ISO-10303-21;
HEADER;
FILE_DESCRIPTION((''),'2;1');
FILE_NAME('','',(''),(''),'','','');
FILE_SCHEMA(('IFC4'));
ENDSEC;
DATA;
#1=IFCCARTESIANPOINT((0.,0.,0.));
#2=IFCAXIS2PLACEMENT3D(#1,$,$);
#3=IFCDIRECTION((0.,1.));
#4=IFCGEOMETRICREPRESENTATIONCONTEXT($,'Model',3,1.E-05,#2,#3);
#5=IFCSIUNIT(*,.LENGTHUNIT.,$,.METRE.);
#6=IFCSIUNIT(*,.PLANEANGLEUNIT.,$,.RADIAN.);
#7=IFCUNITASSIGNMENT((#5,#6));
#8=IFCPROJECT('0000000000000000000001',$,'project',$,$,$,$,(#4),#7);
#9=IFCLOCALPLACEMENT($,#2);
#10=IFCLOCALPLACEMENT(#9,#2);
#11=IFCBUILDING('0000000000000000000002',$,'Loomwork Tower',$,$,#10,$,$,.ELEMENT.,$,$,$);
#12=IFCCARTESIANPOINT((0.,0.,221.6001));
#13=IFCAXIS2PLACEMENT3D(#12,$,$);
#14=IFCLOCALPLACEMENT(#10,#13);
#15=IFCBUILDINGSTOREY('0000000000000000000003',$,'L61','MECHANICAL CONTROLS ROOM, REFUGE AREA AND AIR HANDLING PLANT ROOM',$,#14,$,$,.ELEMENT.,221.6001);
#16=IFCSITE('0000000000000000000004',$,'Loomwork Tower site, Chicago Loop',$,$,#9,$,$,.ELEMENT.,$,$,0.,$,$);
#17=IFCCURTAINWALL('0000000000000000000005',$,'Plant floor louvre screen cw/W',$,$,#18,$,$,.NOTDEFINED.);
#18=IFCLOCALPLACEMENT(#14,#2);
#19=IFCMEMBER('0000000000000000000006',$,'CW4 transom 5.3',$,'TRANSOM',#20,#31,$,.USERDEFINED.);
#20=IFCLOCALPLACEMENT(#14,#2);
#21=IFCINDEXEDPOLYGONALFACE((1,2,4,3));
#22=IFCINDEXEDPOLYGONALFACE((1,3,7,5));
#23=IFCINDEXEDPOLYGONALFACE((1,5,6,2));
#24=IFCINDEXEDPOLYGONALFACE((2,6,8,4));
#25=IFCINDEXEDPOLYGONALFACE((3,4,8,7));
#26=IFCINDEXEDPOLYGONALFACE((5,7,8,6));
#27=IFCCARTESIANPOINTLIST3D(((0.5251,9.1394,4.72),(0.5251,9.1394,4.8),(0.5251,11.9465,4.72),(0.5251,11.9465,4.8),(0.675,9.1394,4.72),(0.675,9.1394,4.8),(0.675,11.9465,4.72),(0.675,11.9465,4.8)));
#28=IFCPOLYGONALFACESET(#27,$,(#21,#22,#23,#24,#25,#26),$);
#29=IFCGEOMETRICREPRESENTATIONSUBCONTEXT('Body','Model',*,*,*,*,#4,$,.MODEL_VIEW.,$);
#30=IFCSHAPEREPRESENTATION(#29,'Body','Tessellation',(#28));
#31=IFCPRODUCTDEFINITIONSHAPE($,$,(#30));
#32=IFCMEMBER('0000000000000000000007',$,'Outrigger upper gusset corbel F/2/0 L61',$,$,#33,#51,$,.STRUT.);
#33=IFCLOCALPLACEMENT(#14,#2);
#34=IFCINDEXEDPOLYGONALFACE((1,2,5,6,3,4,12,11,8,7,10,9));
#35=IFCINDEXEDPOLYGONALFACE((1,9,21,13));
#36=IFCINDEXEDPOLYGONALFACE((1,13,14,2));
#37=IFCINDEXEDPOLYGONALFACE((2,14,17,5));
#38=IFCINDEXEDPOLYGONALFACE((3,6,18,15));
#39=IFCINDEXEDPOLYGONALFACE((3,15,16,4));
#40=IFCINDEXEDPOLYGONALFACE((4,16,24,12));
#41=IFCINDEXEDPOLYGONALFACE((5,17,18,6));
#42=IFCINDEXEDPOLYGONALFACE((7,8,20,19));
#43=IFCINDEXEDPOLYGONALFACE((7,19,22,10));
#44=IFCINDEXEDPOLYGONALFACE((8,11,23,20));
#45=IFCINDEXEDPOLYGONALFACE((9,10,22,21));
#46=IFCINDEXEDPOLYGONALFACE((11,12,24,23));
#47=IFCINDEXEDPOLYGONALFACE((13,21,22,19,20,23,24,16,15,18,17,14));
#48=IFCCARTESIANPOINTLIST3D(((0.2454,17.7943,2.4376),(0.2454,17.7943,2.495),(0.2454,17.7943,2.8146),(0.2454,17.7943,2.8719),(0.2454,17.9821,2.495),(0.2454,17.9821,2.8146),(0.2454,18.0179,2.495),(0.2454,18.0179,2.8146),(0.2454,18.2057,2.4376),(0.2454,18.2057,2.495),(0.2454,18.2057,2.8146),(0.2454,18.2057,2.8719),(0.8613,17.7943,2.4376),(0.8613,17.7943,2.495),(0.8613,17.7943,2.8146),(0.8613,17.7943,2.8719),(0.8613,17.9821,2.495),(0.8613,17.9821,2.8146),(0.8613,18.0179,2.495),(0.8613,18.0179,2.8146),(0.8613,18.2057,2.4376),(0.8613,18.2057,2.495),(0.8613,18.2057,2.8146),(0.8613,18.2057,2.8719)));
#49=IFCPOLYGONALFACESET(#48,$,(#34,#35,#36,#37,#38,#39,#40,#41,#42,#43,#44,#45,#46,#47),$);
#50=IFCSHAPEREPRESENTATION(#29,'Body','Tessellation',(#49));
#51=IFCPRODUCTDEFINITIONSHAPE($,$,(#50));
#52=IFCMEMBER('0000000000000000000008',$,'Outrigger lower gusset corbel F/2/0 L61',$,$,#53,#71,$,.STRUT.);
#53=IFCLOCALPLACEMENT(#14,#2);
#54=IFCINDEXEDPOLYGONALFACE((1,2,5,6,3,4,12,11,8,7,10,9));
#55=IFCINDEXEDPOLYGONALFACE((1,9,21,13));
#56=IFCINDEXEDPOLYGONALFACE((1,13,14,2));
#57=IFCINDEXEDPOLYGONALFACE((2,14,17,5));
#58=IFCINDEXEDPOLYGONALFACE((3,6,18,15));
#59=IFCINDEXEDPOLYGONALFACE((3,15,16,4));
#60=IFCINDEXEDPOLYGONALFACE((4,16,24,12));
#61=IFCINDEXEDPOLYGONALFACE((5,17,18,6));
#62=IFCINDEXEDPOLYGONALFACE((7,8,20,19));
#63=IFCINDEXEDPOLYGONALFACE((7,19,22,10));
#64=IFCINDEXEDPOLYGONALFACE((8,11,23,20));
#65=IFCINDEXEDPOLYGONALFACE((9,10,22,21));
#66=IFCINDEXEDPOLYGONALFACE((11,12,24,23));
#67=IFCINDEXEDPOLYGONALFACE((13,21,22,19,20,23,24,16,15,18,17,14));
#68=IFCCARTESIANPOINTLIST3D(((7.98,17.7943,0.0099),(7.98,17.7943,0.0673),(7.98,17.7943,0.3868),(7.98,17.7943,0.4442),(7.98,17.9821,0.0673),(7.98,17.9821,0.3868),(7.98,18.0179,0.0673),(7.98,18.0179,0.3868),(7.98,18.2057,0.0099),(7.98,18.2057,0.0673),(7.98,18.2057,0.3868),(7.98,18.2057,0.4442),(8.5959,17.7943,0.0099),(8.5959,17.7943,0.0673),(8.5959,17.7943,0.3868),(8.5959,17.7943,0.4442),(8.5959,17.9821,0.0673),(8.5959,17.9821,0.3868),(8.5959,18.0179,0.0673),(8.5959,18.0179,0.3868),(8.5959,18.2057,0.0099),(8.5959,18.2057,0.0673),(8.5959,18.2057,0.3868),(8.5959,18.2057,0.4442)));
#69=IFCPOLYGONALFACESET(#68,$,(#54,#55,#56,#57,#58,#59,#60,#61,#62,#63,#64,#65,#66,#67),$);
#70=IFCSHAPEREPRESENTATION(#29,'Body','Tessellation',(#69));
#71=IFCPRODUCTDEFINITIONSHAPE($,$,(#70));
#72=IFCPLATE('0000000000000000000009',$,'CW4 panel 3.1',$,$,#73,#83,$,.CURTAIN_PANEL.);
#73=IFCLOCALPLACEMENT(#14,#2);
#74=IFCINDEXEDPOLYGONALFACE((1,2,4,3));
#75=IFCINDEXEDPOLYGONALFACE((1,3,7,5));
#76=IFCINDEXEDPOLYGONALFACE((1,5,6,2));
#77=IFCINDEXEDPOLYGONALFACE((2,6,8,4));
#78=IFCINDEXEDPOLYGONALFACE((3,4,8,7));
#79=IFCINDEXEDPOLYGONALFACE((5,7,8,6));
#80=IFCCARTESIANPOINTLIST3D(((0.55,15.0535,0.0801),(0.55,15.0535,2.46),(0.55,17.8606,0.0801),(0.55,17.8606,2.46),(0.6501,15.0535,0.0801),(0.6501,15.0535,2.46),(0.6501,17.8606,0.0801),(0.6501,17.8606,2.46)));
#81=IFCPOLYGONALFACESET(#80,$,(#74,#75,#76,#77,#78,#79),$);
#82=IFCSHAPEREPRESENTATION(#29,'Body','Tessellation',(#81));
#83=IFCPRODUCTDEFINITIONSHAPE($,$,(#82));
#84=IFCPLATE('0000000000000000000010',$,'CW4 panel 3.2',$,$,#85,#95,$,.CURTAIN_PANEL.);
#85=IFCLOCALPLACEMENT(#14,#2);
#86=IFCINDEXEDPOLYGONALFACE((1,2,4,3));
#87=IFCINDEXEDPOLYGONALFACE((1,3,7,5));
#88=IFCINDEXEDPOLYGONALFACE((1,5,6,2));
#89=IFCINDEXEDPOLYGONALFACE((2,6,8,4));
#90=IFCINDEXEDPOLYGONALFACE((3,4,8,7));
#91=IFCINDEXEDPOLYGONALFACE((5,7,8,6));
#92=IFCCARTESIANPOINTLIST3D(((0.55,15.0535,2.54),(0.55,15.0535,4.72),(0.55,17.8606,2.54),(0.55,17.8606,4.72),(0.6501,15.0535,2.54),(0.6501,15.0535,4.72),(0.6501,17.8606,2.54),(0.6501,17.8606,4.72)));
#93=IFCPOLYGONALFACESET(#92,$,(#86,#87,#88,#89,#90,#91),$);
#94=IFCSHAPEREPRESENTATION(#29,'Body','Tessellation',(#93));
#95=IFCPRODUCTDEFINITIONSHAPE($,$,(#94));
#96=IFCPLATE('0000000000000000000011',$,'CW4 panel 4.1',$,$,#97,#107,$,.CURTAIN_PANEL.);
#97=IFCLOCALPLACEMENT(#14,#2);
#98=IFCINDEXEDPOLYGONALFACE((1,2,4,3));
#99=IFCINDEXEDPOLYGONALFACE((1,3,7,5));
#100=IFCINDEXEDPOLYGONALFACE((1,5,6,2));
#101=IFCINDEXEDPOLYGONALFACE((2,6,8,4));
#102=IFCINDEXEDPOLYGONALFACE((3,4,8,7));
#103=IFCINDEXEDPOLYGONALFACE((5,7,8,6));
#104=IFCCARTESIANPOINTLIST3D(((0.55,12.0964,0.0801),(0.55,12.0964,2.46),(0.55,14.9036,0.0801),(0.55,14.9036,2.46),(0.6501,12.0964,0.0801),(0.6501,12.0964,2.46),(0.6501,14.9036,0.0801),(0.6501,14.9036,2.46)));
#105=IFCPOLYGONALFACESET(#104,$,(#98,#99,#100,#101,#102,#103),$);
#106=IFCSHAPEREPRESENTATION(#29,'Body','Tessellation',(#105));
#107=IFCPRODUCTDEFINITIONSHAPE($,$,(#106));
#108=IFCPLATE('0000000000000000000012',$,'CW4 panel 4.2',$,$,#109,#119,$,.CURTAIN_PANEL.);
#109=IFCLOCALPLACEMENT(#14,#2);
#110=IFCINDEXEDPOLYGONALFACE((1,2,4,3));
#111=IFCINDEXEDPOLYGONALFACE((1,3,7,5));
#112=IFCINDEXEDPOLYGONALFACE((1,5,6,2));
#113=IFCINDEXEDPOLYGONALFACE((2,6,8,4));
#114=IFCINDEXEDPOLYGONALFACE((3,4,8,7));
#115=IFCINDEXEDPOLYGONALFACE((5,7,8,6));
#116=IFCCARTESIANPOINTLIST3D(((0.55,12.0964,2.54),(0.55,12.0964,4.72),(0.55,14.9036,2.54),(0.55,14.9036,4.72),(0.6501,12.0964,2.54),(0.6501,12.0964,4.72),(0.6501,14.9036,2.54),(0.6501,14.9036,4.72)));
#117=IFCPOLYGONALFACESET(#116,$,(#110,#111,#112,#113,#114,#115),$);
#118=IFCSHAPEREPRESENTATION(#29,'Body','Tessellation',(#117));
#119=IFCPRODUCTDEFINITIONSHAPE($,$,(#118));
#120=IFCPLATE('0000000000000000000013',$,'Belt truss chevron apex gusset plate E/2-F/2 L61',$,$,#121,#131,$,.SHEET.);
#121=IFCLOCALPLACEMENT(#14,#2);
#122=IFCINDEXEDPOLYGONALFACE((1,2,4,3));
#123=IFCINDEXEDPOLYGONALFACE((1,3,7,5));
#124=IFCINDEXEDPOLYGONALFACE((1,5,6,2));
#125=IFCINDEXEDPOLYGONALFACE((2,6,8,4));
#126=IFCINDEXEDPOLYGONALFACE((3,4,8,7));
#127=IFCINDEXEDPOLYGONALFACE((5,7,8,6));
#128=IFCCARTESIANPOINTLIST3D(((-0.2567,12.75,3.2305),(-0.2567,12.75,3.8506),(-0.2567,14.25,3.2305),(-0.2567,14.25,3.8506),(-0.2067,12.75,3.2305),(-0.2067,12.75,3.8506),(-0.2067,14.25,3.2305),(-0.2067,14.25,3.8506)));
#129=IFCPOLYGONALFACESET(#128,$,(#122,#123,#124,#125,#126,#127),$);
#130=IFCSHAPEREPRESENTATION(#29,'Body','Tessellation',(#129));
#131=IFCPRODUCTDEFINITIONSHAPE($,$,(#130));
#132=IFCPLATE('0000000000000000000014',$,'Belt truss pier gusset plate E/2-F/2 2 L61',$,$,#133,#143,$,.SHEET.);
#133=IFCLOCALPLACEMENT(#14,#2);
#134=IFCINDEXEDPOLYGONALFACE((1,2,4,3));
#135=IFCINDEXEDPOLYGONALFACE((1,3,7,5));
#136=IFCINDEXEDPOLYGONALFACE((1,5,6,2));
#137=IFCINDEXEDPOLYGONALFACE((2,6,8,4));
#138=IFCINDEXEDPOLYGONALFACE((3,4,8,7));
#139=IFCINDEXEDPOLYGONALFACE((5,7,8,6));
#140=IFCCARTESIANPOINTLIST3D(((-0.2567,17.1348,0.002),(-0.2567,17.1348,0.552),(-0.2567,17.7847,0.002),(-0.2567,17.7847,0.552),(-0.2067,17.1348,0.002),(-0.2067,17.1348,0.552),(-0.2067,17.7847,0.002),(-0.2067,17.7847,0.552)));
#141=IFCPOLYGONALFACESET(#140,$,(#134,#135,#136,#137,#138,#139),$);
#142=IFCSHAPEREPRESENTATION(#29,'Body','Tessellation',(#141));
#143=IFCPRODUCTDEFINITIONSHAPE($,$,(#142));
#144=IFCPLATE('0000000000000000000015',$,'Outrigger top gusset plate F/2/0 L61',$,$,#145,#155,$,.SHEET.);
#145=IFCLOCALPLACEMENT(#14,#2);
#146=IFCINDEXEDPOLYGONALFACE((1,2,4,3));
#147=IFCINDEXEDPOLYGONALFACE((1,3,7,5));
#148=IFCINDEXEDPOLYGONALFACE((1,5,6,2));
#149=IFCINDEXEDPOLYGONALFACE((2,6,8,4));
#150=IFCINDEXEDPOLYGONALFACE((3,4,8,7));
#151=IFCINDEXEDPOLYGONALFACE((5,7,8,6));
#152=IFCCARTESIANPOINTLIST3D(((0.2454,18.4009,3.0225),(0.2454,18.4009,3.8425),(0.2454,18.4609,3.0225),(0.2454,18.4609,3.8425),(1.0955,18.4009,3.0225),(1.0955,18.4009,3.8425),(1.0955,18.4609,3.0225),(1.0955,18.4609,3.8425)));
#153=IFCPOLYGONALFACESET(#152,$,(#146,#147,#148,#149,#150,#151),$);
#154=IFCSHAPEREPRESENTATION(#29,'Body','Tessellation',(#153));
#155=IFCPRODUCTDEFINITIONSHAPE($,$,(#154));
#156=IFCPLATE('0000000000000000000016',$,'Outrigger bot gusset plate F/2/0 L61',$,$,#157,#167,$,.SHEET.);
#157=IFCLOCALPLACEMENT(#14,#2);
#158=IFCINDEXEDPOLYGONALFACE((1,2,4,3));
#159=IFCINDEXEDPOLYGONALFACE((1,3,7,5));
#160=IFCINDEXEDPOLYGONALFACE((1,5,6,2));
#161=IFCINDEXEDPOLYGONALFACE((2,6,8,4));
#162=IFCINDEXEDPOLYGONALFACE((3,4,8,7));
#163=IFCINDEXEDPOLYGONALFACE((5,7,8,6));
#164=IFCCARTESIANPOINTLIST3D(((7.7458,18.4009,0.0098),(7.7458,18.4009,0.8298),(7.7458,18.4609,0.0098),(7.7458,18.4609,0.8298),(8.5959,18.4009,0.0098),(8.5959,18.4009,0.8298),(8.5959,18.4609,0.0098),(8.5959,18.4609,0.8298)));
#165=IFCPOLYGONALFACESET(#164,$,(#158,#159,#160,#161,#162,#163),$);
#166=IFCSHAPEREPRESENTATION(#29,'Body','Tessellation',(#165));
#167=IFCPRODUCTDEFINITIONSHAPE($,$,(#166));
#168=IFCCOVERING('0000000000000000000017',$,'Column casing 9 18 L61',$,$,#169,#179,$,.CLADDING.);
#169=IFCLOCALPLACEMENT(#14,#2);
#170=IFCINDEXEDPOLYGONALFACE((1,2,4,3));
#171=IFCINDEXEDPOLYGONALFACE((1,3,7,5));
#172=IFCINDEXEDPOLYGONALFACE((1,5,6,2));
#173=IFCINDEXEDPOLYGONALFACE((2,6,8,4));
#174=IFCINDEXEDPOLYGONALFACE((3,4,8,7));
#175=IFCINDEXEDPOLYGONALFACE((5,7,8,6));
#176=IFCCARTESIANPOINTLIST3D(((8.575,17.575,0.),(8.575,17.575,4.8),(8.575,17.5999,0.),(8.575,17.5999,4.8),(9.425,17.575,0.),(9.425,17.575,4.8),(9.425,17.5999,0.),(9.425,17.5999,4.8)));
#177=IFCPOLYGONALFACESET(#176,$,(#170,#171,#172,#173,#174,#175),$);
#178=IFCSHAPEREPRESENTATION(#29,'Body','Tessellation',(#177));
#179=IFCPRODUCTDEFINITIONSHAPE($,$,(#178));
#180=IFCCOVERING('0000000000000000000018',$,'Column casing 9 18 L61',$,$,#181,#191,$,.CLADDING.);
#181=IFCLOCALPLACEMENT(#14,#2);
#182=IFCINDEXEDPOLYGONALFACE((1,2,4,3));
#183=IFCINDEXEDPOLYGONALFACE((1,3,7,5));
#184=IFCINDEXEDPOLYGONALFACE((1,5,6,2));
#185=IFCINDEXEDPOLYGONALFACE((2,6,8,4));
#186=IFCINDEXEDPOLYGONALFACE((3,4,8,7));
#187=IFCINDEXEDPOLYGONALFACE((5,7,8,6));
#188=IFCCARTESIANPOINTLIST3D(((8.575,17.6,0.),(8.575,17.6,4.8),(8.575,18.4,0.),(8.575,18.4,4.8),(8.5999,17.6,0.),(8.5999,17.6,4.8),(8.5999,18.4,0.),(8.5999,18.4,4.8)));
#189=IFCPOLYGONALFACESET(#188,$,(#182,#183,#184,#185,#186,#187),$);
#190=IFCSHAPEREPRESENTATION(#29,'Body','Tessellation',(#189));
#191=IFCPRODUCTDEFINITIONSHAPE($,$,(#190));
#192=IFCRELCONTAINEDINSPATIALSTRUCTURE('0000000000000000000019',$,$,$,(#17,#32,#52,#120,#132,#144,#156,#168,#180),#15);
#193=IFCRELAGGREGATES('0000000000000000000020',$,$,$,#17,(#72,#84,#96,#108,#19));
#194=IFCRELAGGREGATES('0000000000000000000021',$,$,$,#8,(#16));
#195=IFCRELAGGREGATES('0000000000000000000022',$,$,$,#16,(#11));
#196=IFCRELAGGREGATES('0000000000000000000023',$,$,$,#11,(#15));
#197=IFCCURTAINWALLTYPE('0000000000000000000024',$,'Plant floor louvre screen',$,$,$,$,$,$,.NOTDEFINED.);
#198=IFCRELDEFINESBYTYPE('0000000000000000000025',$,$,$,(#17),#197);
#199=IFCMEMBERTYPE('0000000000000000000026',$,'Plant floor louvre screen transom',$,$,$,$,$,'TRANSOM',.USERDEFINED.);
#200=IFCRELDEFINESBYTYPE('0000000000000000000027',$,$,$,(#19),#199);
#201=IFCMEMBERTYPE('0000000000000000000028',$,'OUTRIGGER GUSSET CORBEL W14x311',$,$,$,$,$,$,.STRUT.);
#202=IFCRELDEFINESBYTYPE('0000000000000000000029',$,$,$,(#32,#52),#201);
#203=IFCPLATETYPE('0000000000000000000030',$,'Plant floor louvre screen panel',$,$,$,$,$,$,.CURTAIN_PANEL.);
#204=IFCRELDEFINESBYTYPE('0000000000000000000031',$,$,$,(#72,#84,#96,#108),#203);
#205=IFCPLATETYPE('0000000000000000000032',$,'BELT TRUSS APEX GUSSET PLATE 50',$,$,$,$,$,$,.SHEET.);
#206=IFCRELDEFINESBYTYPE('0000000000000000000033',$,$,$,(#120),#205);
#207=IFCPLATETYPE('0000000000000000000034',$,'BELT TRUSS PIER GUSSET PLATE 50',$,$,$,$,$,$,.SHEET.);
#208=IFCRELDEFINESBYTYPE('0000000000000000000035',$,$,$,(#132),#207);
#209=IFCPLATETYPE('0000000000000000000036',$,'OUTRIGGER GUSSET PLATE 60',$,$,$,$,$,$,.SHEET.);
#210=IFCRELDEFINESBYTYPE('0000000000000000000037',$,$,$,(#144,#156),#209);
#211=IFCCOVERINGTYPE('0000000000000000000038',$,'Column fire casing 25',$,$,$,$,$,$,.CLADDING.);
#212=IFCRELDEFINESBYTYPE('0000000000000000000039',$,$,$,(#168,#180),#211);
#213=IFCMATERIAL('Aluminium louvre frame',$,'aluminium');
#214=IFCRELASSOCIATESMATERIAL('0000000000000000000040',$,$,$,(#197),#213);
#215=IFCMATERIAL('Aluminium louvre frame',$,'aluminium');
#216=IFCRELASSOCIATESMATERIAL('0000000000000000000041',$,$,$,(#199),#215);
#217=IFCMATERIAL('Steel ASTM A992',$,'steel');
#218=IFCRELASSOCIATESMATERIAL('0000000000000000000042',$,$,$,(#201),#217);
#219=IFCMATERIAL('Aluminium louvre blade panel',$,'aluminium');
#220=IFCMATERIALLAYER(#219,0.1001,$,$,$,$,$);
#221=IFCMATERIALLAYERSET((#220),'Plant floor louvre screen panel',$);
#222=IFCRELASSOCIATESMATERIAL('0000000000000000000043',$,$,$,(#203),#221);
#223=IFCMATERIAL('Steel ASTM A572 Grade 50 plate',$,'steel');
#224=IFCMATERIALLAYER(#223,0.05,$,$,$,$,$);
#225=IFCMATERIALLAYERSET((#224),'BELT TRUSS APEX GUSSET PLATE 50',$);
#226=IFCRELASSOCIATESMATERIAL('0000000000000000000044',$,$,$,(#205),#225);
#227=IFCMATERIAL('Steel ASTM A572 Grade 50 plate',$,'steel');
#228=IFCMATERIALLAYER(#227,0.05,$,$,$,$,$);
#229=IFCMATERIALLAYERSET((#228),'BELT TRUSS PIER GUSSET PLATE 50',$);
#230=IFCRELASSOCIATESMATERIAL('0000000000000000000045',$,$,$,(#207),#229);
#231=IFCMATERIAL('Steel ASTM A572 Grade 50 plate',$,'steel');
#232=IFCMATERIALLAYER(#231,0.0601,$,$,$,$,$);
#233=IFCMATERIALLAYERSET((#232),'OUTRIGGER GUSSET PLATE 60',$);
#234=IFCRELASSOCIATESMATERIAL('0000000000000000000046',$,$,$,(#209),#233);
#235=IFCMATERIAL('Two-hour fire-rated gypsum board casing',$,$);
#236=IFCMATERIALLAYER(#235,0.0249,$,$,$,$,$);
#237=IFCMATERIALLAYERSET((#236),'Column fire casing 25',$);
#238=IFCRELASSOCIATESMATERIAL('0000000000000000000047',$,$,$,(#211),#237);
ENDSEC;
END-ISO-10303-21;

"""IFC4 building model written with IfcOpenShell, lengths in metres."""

from ifc_helpers import new_model, si_unit, direction, frame, origin, origin_2d, place, context, subcontext, project, spatial, rectangle, i_section, extrude, material, layer, layer_set, material_profile, profile_set, type_object, element, aggregate, save


model = new_model("IFC4")

# Units and contexts
model_context = context("Model", 3, precision=1e-05, world=origin(), true_north=direction((0.0, 1.0)))
body_context = subcontext(model_context, "Body", "Model", "MODEL_VIEW")
ifc_project = project(units=[si_unit("LENGTHUNIT", "METRE"), si_unit("PLANEANGLEUNIT", "RADIAN")], contexts=[model_context])

# Site, building, storey
site_placement = place(None, origin())
site = spatial("IfcSite", under=ifc_project, at=site_placement, Name="Loomwork Tower site, Chicago Loop", CompositionType="ELEMENT", RefElevation=0.0)
building_placement = place(site_placement, origin())
building = spatial("IfcBuilding", under=site, at=building_placement, Name="Loomwork Tower", CompositionType="ELEMENT")
storey_placement = place(building_placement, frame((0.0, 0.0, 221.6001)))
storey = spatial("IfcBuildingStorey", under=building, at=storey_placement, Name="L61", Description="MECHANICAL CONTROLS ROOM, REFUGE AREA AND AIR HANDLING PLANT ROOM", CompositionType="ELEMENT", Elevation=221.6001)

# Curtain wall, member
ifc_material_1 = material(Name="Aluminium louvre frame", Category="aluminium")
curtain_wall_type = type_object("IfcCurtainWallType", Name="Plant floor louvre screen", PredefinedType="NOTDEFINED", material=ifc_material_1)
curtain_wall_placement = place(storey_placement, origin())
curtain_wall = element("IfcCurtainWall", 1, at=curtain_wall_placement, inside=storey, type_object=curtain_wall_type, Name="Plant floor louvre screen cw/W", PredefinedType="NOTDEFINED")
ifc_material_2 = material(Name="Aluminium louvre frame", Category="aluminium")
ifc_material_profile_1 = material_profile(ifc_material_2, rectangle(XDim=0.1499, YDim=0.0801, at=origin_2d()), Name="AL 80x150")
ifc_profile_set_1 = profile_set([ifc_material_profile_1], Name="Aluminium louvre frame")
member_type_1 = type_object("IfcMemberType", Name="Plant floor louvre screen transom", ElementType="TRANSOM", PredefinedType="USERDEFINED", material=ifc_profile_set_1)
member_1_placement = place(storey_placement, frame((0.6001, 11.9465, 4.76), z_axis=(0.0, -1.0, 0.0), x_axis=(1.0, 0.0, 0.0)))
member_1 = element("IfcMember", 2, at=member_1_placement, type_object=member_type_1, Name="CW4 transom 5.3", ObjectType="TRANSOM", PredefinedType="USERDEFINED", context=body_context, shape_type="SweptSolid", body=[
    extrude(rectangle(XDim=0.1499, YDim=0.0801, at=origin_2d()), origin(), (0.0, 0.0, 1.0), 2.8071),
])

# Members
ifc_material_3 = material(Name="Steel ASTM A992", Category="steel")
ifc_material_profile_2 = material_profile(ifc_material_3, i_section(OverallWidth=0.4114, OverallDepth=0.4343, WebThickness=0.0359, FlangeThickness=0.0574, at=origin_2d()), Name="W14x311")
ifc_profile_set_2 = profile_set([ifc_material_profile_2], Name="Steel ASTM A992")
member_type_2 = type_object("IfcMemberType", Name="OUTRIGGER GUSSET CORBEL W14x311", PredefinedType="STRUT", material=ifc_profile_set_2)
for number, where, z_axis, x_axis, name in (
    (3, (0.2454, 18.0, 2.6548), (1.0, 0.0, 0.0), (0.0, 1.0, 0.0), "Outrigger upper gusset corbel F/2/0 L61"),
    (4, (8.5959, 18.0, 0.2271), (-1.0, 0.0, 0.0), (0.0, -1.0, 0.0), "Outrigger lower gusset corbel F/2/0 L61"),
):
    element("IfcMember", number, at=place(storey_placement, frame(where, z_axis=z_axis, x_axis=x_axis)), inside=storey, type_object=member_type_2, Name=name, PredefinedType="STRUT", context=body_context, shape_type="SweptSolid", body=[
        extrude(i_section(OverallWidth=0.4114, OverallDepth=0.4343, WebThickness=0.0359, FlangeThickness=0.0574, at=origin_2d()), origin(), (0.0, 0.0, 1.0), 0.616),
    ])

# Plates
ifc_material_4 = material(Name="Aluminium louvre blade panel", Category="aluminium")
ifc_layer_1 = layer(ifc_material_4, 0.1001)
ifc_layer_set_1 = layer_set([ifc_layer_1], Name="Plant floor louvre screen panel")
plate_type_1 = type_object("IfcPlateType", Name="Plant floor louvre screen panel", PredefinedType="CURTAIN_PANEL", material=ifc_layer_set_1)
plate_1_placement = place(storey_placement, frame((0.6001, 16.457, 0.0801), z_axis=(0.0, 0.0, 1.0), x_axis=(0.0, -1.0, 0.0)))
plate_1 = element("IfcPlate", 5, at=plate_1_placement, type_object=plate_type_1, Name="CW4 panel 3.1", PredefinedType="CURTAIN_PANEL", context=body_context, shape_type="SweptSolid", body=[
    extrude(rectangle(XDim=2.8071, YDim=0.1001, at=origin_2d()), origin(), (0.0, 0.0, 1.0), 2.3799),
])
plate_2_placement = place(storey_placement, frame((0.6001, 16.457, 2.54), z_axis=(0.0, 0.0, 1.0), x_axis=(0.0, -1.0, 0.0)))
plate_2 = element("IfcPlate", 6, at=plate_2_placement, type_object=plate_type_1, Name="CW4 panel 3.2", PredefinedType="CURTAIN_PANEL", context=body_context, shape_type="SweptSolid", body=[
    extrude(rectangle(XDim=2.8071, YDim=0.1001, at=origin_2d()), origin(), (0.0, 0.0, 1.0), 2.1799),
])
plate_3_placement = place(storey_placement, frame((0.6001, 13.5, 0.0801), z_axis=(0.0, 0.0, 1.0), x_axis=(0.0, -1.0, 0.0)))
plate_3 = element("IfcPlate", 7, at=plate_3_placement, type_object=plate_type_1, Name="CW4 panel 4.1", PredefinedType="CURTAIN_PANEL", context=body_context, shape_type="SweptSolid", body=[
    extrude(rectangle(XDim=2.8071, YDim=0.1001, at=origin_2d()), origin(), (0.0, 0.0, 1.0), 2.3799),
])
plate_4_placement = place(storey_placement, frame((0.6001, 13.5, 2.54), z_axis=(0.0, 0.0, 1.0), x_axis=(0.0, -1.0, 0.0)))
plate_4 = element("IfcPlate", 8, at=plate_4_placement, type_object=plate_type_1, Name="CW4 panel 4.2", PredefinedType="CURTAIN_PANEL", context=body_context, shape_type="SweptSolid", body=[
    extrude(rectangle(XDim=2.8071, YDim=0.1001, at=origin_2d()), origin(), (0.0, 0.0, 1.0), 2.1799),
])
aggregate(curtain_wall, [plate_1, plate_2, plate_3, plate_4, member_1])

# Plates
ifc_material_5 = material(Name="Steel ASTM A572 Grade 50 plate", Category="steel")
ifc_layer_2 = layer(ifc_material_5, 0.05)
ifc_layer_set_2 = layer_set([ifc_layer_2], Name="BELT TRUSS APEX GUSSET PLATE 50")
plate_type_2 = type_object("IfcPlateType", Name="BELT TRUSS APEX GUSSET PLATE 50", PredefinedType="SHEET", material=ifc_layer_set_2)
plate_5_placement = place(storey_placement, frame((-0.2317, 13.5, 3.2305), z_axis=(0.0, 0.0, 1.0), x_axis=(0.0, 1.0, 0.0)))
element("IfcPlate", 9, at=plate_5_placement, inside=storey, type_object=plate_type_2, Name="Belt truss chevron apex gusset plate E/2-F/2 L61", PredefinedType="SHEET", context=body_context, shape_type="SweptSolid", body=[
    extrude(rectangle(XDim=1.5, YDim=0.05, at=origin_2d()), origin(), (0.0, 0.0, 1.0), 0.6201),
])
ifc_material_6 = material(Name="Steel ASTM A572 Grade 50 plate", Category="steel")
ifc_layer_3 = layer(ifc_material_6, 0.05)
ifc_layer_set_3 = layer_set([ifc_layer_3], Name="BELT TRUSS PIER GUSSET PLATE 50")
plate_type_3 = type_object("IfcPlateType", Name="BELT TRUSS PIER GUSSET PLATE 50", PredefinedType="SHEET", material=ifc_layer_set_3)
plate_6_placement = place(storey_placement, frame((-0.2317, 17.4597, 0.002), z_axis=(0.0, 0.0, 1.0), x_axis=(0.0, 1.0, 0.0)))
element("IfcPlate", 10, at=plate_6_placement, inside=storey, type_object=plate_type_3, Name="Belt truss pier gusset plate E/2-F/2 2 L61", PredefinedType="SHEET", context=body_context, shape_type="SweptSolid", body=[
    extrude(rectangle(XDim=0.6499, YDim=0.05, at=origin_2d()), origin(), (0.0, 0.0, 1.0), 0.55),
])
ifc_material_7 = material(Name="Steel ASTM A572 Grade 50 plate", Category="steel")
ifc_layer_4 = layer(ifc_material_7, 0.0601)
ifc_layer_set_4 = layer_set([ifc_layer_4], Name="OUTRIGGER GUSSET PLATE 60")
plate_type_4 = type_object("IfcPlateType", Name="OUTRIGGER GUSSET PLATE 60", PredefinedType="SHEET", material=ifc_layer_set_4)
for number, where, z_axis, x_axis, name in (
    (11, (0.6704, 18.4309, 3.0225), (0.0, 0.0, 1.0), (1.0, 0.0, 0.0), "Outrigger top gusset plate F/2/0 L61"),
    (12, (8.1709, 18.4309, 0.0098), (0.0, 0.0, 1.0), (1.0, 0.0, 0.0), "Outrigger bot gusset plate F/2/0 L61"),
):
    element("IfcPlate", number, at=place(storey_placement, frame(where, z_axis=z_axis, x_axis=x_axis)), inside=storey, type_object=plate_type_4, Name=name, PredefinedType="SHEET", context=body_context, shape_type="SweptSolid", body=[
        extrude(rectangle(XDim=0.8501, YDim=0.0601, at=origin_2d()), origin(), (0.0, 0.0, 1.0), 0.8201),
    ])

# Coverings
ifc_material_8 = material(Name="Two-hour fire-rated gypsum board casing")
ifc_layer_5 = layer(ifc_material_8, 0.0249)
ifc_layer_set_5 = layer_set([ifc_layer_5], Name="Column fire casing 25")
covering_type_1 = type_object("IfcCoveringType", Name="Column fire casing 25", PredefinedType="CLADDING", material=ifc_layer_set_5)
covering_1_placement = place(storey_placement, frame((9.0, 17.5874, 0.0), z_axis=(0.0, 0.0, 1.0), x_axis=(1.0, 0.0, 0.0)))
element("IfcCovering", 13, at=covering_1_placement, inside=storey, type_object=covering_type_1, Name="Column casing 9 18 L61", PredefinedType="CLADDING", context=body_context, shape_type="SweptSolid", body=[
    extrude(rectangle(XDim=0.8501, YDim=0.0249, at=origin_2d()), origin(), (0.0, 0.0, 1.0), 4.8),
])
covering_2_placement = place(storey_placement, frame((8.5874, 18.0, 0.0), z_axis=(0.0, 0.0, 1.0), x_axis=(1.0, 0.0, 0.0)))
element("IfcCovering", 14, at=covering_2_placement, inside=storey, type_object=covering_type_1, Name="Column casing 9 18 L61", PredefinedType="CLADDING", context=body_context, shape_type="SweptSolid", body=[
    extrude(rectangle(XDim=0.0249, YDim=0.8, at=origin_2d()), origin(), (0.0, 0.0, 1.0), 4.8),
])

save(model, "model.ifc")
